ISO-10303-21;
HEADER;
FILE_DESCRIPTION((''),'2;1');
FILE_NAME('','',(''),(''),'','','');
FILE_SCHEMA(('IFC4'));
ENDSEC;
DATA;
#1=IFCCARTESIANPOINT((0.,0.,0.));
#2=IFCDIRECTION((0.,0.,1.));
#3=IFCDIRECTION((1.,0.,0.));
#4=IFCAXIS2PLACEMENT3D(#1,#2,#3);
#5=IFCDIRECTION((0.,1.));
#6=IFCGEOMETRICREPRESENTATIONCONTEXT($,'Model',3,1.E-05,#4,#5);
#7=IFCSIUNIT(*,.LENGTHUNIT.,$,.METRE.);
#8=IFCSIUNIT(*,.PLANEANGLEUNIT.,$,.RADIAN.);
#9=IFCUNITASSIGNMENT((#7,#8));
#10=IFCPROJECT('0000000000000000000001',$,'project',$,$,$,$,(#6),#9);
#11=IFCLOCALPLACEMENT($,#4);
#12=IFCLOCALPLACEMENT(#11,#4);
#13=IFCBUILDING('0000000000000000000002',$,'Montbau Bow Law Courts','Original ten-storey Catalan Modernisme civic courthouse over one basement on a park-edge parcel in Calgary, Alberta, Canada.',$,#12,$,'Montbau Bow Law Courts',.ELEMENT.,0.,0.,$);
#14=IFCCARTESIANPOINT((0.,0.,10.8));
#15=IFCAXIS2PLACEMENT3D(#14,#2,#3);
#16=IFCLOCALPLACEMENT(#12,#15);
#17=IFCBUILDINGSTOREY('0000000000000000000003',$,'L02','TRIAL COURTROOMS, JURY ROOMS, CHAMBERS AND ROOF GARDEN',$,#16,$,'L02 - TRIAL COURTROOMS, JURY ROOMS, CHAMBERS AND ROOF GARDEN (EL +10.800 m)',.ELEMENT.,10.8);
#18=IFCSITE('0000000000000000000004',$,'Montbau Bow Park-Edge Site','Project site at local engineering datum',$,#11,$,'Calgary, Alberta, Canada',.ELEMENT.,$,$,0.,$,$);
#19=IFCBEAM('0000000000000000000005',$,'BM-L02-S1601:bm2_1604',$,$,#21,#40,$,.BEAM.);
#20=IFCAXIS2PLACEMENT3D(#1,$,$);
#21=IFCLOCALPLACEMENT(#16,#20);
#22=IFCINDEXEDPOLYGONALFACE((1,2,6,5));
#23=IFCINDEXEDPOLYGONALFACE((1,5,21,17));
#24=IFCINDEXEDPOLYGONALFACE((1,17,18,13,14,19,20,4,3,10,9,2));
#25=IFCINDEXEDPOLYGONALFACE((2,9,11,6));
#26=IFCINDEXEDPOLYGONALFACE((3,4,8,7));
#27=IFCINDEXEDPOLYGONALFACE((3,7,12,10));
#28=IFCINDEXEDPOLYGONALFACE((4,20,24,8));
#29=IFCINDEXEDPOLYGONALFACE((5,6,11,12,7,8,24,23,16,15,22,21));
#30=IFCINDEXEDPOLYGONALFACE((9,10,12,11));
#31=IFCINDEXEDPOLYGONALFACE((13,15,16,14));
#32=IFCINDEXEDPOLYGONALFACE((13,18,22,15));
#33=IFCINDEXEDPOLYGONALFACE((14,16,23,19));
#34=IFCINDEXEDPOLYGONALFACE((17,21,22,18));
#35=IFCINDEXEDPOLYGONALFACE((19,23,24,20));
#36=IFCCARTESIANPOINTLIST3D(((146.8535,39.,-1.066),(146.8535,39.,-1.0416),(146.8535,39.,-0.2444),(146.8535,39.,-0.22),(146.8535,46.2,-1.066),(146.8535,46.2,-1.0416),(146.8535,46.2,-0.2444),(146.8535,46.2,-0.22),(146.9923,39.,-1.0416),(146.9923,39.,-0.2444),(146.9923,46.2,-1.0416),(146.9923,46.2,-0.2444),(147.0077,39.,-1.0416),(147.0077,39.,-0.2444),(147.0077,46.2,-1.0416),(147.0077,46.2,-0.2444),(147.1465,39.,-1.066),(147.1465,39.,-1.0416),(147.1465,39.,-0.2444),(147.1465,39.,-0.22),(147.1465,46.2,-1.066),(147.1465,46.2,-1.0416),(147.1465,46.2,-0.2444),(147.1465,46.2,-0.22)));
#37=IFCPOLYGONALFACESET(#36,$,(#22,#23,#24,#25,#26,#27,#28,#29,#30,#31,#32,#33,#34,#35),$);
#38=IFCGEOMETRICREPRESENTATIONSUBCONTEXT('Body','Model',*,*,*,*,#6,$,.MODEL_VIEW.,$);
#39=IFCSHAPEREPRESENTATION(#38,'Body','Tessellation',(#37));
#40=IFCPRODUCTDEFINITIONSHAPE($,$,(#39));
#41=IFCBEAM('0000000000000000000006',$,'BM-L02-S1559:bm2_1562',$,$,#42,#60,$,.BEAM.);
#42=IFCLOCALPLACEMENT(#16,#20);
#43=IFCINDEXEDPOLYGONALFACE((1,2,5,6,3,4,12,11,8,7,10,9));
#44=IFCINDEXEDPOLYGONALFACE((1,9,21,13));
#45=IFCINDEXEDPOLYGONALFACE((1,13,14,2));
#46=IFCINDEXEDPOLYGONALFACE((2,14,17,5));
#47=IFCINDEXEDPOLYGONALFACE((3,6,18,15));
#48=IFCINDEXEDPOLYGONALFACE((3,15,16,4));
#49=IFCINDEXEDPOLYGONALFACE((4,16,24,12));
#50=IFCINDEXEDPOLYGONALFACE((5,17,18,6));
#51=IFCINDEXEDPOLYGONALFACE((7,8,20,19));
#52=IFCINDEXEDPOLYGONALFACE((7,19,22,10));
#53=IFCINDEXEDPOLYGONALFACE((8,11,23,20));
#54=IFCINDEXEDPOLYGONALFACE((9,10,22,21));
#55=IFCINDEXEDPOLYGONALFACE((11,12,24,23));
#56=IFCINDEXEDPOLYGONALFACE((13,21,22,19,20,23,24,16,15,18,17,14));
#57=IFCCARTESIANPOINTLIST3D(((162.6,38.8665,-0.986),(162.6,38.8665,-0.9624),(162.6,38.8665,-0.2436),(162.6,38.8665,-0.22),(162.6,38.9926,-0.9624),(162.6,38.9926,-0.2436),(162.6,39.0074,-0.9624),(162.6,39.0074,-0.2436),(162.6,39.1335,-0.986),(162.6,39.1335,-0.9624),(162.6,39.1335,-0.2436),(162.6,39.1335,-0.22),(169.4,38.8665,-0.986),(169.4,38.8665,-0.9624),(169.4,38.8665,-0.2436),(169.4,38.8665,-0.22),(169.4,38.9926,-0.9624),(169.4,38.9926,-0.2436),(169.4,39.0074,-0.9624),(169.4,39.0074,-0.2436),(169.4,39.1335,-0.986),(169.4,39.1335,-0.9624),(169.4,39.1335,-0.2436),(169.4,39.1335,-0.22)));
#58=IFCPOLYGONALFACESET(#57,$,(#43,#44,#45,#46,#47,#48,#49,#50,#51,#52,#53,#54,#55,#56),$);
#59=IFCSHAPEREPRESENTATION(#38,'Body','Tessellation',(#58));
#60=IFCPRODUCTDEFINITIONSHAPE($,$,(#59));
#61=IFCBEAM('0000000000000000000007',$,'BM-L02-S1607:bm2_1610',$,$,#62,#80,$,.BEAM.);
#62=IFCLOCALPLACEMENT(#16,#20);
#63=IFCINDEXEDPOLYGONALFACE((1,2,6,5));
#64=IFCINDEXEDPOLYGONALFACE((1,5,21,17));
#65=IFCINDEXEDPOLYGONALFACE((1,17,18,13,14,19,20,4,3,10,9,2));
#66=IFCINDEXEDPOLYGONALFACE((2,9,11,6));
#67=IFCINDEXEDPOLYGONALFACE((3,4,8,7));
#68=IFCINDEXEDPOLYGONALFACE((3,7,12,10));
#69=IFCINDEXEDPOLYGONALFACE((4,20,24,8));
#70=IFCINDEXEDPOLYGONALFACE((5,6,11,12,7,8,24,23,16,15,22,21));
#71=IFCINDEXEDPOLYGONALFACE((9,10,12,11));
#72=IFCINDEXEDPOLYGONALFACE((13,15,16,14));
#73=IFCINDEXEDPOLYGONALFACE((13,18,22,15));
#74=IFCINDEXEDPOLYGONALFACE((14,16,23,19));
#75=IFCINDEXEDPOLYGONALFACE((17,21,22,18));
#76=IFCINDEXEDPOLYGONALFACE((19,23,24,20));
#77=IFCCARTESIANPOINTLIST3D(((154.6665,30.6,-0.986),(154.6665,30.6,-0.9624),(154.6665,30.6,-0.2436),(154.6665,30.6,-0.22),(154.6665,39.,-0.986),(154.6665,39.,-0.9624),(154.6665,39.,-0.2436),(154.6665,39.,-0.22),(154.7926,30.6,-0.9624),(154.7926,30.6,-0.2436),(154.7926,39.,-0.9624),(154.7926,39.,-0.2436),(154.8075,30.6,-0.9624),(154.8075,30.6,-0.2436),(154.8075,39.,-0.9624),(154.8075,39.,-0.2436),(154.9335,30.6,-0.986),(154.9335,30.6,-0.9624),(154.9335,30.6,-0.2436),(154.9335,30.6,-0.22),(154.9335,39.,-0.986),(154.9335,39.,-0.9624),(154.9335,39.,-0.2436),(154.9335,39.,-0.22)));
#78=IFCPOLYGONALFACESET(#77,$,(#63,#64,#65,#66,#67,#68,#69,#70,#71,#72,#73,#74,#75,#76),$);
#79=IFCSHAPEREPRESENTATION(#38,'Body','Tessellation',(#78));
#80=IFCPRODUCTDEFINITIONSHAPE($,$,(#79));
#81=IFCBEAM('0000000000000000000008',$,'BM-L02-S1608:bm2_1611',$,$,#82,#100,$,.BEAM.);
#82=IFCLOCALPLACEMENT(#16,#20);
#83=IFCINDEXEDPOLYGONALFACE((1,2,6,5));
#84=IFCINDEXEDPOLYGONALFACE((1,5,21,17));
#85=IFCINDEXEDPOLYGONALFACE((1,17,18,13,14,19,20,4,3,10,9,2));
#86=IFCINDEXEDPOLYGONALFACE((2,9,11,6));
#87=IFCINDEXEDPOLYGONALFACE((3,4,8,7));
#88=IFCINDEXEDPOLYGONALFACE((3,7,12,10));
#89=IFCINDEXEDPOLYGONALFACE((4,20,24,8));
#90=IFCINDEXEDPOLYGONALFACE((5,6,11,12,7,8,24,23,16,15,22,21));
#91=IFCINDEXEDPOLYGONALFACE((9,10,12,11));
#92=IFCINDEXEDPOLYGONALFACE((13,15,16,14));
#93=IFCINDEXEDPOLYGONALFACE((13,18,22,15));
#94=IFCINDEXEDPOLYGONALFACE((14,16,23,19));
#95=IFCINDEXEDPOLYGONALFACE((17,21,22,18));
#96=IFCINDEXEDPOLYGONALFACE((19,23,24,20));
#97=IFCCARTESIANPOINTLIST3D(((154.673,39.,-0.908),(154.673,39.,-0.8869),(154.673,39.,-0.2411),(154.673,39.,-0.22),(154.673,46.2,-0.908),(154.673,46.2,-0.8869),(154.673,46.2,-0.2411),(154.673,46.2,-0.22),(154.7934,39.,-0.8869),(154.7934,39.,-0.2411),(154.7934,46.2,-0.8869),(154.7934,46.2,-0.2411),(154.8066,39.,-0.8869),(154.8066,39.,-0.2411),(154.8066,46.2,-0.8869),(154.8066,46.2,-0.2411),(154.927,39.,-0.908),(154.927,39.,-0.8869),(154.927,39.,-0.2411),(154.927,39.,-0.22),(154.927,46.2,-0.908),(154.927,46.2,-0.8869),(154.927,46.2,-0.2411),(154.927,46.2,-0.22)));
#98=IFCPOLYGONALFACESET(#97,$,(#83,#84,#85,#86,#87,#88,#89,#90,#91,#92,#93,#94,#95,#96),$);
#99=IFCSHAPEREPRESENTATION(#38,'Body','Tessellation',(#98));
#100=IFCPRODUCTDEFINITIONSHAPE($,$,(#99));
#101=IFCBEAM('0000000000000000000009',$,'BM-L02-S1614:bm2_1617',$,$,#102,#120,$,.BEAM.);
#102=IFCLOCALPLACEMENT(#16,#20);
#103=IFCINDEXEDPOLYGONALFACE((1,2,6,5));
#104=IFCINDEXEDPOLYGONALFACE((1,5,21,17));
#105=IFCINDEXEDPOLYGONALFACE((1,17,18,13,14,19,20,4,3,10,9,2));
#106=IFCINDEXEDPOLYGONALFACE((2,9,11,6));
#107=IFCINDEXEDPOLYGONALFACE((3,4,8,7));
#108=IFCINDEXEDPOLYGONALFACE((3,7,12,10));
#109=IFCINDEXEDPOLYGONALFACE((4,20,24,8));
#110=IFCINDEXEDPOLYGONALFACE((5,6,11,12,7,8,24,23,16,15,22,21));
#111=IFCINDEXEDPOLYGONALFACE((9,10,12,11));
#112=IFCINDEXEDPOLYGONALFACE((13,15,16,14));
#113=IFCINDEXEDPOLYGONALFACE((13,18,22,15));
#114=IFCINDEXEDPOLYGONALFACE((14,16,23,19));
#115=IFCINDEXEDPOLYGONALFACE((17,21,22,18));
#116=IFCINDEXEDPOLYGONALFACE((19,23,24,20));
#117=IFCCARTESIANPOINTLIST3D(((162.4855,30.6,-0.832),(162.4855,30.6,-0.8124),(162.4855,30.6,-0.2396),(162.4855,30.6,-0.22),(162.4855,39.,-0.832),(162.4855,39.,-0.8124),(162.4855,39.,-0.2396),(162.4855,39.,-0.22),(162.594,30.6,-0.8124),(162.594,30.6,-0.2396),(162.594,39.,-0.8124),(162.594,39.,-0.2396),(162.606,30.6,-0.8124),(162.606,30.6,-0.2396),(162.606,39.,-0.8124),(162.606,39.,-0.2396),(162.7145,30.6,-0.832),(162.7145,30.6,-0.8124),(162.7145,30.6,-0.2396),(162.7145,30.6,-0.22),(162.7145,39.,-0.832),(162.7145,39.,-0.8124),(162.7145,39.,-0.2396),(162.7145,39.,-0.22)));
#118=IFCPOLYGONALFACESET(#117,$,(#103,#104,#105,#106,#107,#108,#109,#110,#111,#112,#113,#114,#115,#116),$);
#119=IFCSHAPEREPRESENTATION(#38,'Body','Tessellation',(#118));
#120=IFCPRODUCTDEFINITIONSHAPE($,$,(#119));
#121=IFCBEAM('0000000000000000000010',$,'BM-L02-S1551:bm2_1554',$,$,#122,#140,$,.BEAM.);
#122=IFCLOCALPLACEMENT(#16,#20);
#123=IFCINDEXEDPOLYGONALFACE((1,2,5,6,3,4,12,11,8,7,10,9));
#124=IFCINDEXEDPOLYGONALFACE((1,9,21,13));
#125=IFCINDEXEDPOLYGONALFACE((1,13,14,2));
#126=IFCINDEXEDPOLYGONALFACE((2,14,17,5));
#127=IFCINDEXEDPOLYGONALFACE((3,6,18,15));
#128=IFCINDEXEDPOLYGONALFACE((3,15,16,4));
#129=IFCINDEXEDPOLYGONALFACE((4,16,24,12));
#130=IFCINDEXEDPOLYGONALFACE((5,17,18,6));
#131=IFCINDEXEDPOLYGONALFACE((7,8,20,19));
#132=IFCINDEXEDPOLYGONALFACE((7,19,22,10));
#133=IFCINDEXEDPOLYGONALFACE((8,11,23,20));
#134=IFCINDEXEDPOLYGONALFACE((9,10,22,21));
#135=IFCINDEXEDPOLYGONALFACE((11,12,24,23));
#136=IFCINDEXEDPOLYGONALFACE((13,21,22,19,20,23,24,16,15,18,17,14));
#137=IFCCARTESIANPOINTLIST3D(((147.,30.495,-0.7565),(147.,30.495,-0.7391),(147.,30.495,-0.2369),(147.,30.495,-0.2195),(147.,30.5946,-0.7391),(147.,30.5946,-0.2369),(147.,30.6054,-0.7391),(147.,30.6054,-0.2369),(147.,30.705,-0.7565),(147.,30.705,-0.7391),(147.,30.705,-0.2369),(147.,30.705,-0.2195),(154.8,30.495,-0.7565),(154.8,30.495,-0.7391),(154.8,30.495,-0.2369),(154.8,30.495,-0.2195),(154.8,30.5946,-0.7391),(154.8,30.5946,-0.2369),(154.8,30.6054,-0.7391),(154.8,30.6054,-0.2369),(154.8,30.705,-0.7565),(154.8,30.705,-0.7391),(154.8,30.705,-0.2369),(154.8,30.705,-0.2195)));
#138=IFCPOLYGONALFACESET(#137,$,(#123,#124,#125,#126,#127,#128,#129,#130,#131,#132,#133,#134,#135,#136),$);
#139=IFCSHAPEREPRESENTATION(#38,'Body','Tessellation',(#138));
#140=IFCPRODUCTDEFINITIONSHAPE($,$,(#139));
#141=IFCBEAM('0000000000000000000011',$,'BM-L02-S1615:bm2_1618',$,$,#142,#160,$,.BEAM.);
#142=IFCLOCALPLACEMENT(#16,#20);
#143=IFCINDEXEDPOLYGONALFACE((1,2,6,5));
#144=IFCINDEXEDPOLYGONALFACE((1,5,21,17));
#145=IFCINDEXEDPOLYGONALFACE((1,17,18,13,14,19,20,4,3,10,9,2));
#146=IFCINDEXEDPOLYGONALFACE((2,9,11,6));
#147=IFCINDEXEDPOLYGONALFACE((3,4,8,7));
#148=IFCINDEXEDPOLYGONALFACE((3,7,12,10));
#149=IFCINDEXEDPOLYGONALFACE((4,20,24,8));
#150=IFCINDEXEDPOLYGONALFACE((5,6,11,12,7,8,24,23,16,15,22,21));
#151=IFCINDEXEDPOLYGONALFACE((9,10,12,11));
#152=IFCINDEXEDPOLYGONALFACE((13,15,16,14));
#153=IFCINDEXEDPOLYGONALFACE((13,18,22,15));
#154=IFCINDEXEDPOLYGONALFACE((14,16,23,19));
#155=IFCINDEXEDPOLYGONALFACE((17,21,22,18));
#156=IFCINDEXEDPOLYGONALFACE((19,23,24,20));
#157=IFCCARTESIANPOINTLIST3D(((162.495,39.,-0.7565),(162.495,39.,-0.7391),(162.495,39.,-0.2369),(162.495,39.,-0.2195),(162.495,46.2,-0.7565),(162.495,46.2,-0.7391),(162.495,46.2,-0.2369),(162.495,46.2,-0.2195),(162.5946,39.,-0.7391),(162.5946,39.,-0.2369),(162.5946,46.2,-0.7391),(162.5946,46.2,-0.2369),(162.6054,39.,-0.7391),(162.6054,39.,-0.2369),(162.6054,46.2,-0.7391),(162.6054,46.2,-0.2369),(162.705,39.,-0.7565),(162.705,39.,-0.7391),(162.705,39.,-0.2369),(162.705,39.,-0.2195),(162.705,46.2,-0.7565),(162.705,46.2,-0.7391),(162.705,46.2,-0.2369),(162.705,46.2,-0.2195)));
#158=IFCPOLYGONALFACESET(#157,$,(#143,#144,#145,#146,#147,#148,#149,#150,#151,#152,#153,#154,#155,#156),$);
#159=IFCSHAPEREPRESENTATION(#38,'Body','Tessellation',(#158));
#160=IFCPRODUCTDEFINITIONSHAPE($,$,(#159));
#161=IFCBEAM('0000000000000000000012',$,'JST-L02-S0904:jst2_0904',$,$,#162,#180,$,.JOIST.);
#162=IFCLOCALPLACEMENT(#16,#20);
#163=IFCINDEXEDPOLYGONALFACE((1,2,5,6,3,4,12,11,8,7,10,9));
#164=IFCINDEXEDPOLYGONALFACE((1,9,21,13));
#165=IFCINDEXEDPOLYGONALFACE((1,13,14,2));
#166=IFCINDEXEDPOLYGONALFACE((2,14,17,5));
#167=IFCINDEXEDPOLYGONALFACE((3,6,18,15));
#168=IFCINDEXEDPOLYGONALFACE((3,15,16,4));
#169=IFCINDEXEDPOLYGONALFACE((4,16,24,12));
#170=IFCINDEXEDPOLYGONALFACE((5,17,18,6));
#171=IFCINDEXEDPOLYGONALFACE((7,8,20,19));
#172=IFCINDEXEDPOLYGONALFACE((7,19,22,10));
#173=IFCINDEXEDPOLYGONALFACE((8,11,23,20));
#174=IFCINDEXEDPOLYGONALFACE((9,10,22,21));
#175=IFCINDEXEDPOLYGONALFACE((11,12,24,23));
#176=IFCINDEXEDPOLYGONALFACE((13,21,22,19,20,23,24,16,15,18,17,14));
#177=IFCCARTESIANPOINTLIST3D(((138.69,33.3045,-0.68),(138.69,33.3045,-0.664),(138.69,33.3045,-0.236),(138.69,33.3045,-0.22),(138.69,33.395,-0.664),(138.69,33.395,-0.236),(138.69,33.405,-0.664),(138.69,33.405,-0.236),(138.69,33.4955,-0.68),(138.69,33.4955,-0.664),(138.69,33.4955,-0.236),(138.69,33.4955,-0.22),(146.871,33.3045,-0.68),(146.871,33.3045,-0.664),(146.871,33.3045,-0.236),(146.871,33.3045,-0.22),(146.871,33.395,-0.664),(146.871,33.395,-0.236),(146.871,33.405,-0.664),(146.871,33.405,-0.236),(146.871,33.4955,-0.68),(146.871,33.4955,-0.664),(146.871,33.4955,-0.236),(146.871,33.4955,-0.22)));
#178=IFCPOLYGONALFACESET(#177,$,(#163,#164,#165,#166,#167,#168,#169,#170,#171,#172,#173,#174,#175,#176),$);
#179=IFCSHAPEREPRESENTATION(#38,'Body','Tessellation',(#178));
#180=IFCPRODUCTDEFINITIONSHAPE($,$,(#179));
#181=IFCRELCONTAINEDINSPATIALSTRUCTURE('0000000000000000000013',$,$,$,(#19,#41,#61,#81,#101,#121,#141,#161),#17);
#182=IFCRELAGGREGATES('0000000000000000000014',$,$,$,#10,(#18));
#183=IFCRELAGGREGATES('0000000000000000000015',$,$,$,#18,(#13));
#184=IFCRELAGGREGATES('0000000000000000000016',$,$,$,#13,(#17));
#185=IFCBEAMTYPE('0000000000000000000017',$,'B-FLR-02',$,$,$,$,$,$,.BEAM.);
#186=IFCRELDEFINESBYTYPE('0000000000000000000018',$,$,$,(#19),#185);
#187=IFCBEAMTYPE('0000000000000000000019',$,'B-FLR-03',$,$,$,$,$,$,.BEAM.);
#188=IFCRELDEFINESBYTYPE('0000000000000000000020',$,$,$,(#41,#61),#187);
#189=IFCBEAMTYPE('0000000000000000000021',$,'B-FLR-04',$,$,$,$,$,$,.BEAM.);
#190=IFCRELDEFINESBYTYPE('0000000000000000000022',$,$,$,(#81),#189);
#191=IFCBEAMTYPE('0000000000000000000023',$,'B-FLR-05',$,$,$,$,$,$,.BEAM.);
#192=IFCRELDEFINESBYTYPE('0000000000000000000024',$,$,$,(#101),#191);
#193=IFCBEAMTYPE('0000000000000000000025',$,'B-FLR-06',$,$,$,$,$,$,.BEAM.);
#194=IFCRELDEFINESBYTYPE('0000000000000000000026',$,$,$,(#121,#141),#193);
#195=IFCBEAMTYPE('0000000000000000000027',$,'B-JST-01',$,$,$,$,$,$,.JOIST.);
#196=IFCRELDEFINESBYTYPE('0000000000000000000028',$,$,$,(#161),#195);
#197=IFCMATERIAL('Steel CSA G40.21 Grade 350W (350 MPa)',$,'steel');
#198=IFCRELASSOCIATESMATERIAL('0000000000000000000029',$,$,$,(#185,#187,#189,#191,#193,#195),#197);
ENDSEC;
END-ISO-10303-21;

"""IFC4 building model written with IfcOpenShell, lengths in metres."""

from ifc_helpers import new_model, si_unit, direction, frame, origin_with_axes, origin_2d_with_axis, place, context, subcontext, project, spatial, i_section, extrude, material, material_profile, profile_set, type_object, element, save


model = new_model("IFC4")

# Units and contexts
model_context = context("Model", 3, precision=1e-05, world=origin_with_axes(), true_north=direction((0.0, 1.0)))
body_context = subcontext(model_context, "Body", "Model", "MODEL_VIEW")
ifc_project = project(units=[si_unit("LENGTHUNIT", "METRE"), si_unit("PLANEANGLEUNIT", "RADIAN")], contexts=[model_context])

# Site, building, storey
site_placement = place(None, origin_with_axes())
site = spatial("IfcSite", under=ifc_project, at=site_placement, Name="Montbau Bow Park-Edge Site", Description="Project site at local engineering datum", LongName="Calgary, Alberta, Canada", CompositionType="ELEMENT", RefElevation=0.0)
building_placement = place(site_placement, origin_with_axes())
building = spatial("IfcBuilding", under=site, at=building_placement, Name="Montbau Bow Law Courts", Description="Original ten-storey Catalan Modernisme civic courthouse over one basement on a park-edge parcel in Calgary, Alberta, Canada.", LongName="Montbau Bow Law Courts", CompositionType="ELEMENT", ElevationOfRefHeight=0.0, ElevationOfTerrain=0.0)
storey_placement = place(building_placement, frame((0.0, 0.0, 10.8), z_axis=(0.0, 0.0, 1.0), x_axis=(1.0, 0.0, 0.0)))
storey = spatial("IfcBuildingStorey", under=building, at=storey_placement, Name="L02", Description="TRIAL COURTROOMS, JURY ROOMS, CHAMBERS AND ROOF GARDEN", LongName="L02 - TRIAL COURTROOMS, JURY ROOMS, CHAMBERS AND ROOF GARDEN (EL +10.800 m)", CompositionType="ELEMENT", Elevation=10.8)

# Beams
ifc_material_1 = material(Name="Steel CSA G40.21 Grade 350W (350 MPa)", Category="steel")
ifc_material_profile_1 = material_profile(ifc_material_1, i_section(OverallWidth=0.293, OverallDepth=0.846, WebThickness=0.0154, FlangeThickness=0.0244, at=origin_2d_with_axis()), Name="W840X210", Category="Main", Priority=0)
ifc_profile_set_1 = profile_set([ifc_material_profile_1], Name="Steel CSA G40.21 Grade 350W (350 MPa)")
beam_type_1 = type_object("IfcBeamType", Name="B-FLR-02", PredefinedType="BEAM", material=ifc_profile_set_1)
beam_1_placement = place(None, frame((147.0, 39.0, 10.157), z_axis=(0.0, 1.0, 0.0), x_axis=(-1.0, 0.0, 0.0)))
element("IfcBeam", 1, at=beam_1_placement, inside=storey, type_object=beam_type_1, Name="BM-L02-S1601:bm2_1604", PredefinedType="BEAM", context=body_context, shape_type="SweptSolid", body=[
    extrude(i_section(OverallWidth=0.293, OverallDepth=0.846, WebThickness=0.0154, FlangeThickness=0.0244, at=origin_2d_with_axis()), origin_with_axes(), (0.0, 0.0, 1.0), 7.2),
])
ifc_material_profile_2 = material_profile(ifc_material_1, i_section(OverallWidth=0.267, OverallDepth=0.766, WebThickness=0.0149, FlangeThickness=0.0236, at=origin_2d_with_axis()), Name="W760X185", Category="Main", Priority=0)
ifc_profile_set_2 = profile_set([ifc_material_profile_2], Name="Steel CSA G40.21 Grade 350W (350 MPa)")
beam_type_2 = type_object("IfcBeamType", Name="B-FLR-03", PredefinedType="BEAM", material=ifc_profile_set_2)
beam_2_placement = place(None, frame((162.6, 39.0, 10.197), z_axis=(1.0, 0.0, 0.0), x_axis=(0.0, 1.0, 0.0)))
element("IfcBeam", 2, at=beam_2_placement, inside=storey, type_object=beam_type_2, Name="BM-L02-S1559:bm2_1562", PredefinedType="BEAM", context=body_context, shape_type="SweptSolid", body=[
    extrude(i_section(OverallWidth=0.267, OverallDepth=0.766, WebThickness=0.0149, FlangeThickness=0.0236, at=origin_2d_with_axis()), origin_with_axes(), (0.0, 0.0, 1.0), 6.8),
])
beam_3_placement = place(None, frame((154.8, 30.6, 10.197), z_axis=(0.0, 1.0, 0.0), x_axis=(-1.0, 0.0, 0.0)))
element("IfcBeam", 3, at=beam_3_placement, inside=storey, type_object=beam_type_2, Name="BM-L02-S1607:bm2_1610", PredefinedType="BEAM", context=body_context, shape_type="SweptSolid", body=[
    extrude(i_section(OverallWidth=0.267, OverallDepth=0.766, WebThickness=0.0149, FlangeThickness=0.0236, at=origin_2d_with_axis()), origin_with_axes(), (0.0, 0.0, 1.0), 8.4),
])
ifc_material_profile_3 = material_profile(ifc_material_1, i_section(OverallWidth=0.254, OverallDepth=0.688, WebThickness=0.0131, FlangeThickness=0.0211, at=origin_2d_with_axis()), Name="W690X152", Category="Main", Priority=0)
ifc_profile_set_3 = profile_set([ifc_material_profile_3], Name="Steel CSA G40.21 Grade 350W (350 MPa)")
beam_type_3 = type_object("IfcBeamType", Name="B-FLR-04", PredefinedType="BEAM", material=ifc_profile_set_3)
beam_4_placement = place(None, frame((154.8, 39.0, 10.236), z_axis=(0.0, 1.0, 0.0), x_axis=(-1.0, 0.0, 0.0)))
element("IfcBeam", 4, at=beam_4_placement, inside=storey, type_object=beam_type_3, Name="BM-L02-S1608:bm2_1611", PredefinedType="BEAM", context=body_context, shape_type="SweptSolid", body=[
    extrude(i_section(OverallWidth=0.254, OverallDepth=0.688, WebThickness=0.0131, FlangeThickness=0.0211, at=origin_2d_with_axis()), origin_with_axes(), (0.0, 0.0, 1.0), 7.2),
])
ifc_material_profile_4 = material_profile(ifc_material_1, i_section(OverallWidth=0.229, OverallDepth=0.612, WebThickness=0.0119, FlangeThickness=0.0196, at=origin_2d_with_axis()), Name="W610X125", Category="Main", Priority=0)
ifc_profile_set_4 = profile_set([ifc_material_profile_4], Name="Steel CSA G40.21 Grade 350W (350 MPa)")
beam_type_4 = type_object("IfcBeamType", Name="B-FLR-05", PredefinedType="BEAM", material=ifc_profile_set_4)
beam_5_placement = place(None, frame((162.6, 30.6, 10.274), z_axis=(0.0, 1.0, 0.0), x_axis=(-1.0, 0.0, 0.0)))
element("IfcBeam", 5, at=beam_5_placement, inside=storey, type_object=beam_type_4, Name="BM-L02-S1614:bm2_1617", PredefinedType="BEAM", context=body_context, shape_type="SweptSolid", body=[
    extrude(i_section(OverallWidth=0.229, OverallDepth=0.612, WebThickness=0.0119, FlangeThickness=0.0196, at=origin_2d_with_axis()), origin_with_axes(), (0.0, 0.0, 1.0), 8.4),
])
ifc_material_profile_5 = material_profile(ifc_material_1, i_section(OverallWidth=0.21, OverallDepth=0.537, WebThickness=0.0109, FlangeThickness=0.0174, at=origin_2d_with_axis()), Name="W530X101", Category="Main", Priority=0)
ifc_profile_set_5 = profile_set([ifc_material_profile_5], Name="Steel CSA G40.21 Grade 350W (350 MPa)")
beam_type_5 = type_object("IfcBeamType", Name="B-FLR-06", PredefinedType="BEAM", material=ifc_profile_set_5)
beam_6_placement = place(None, frame((147.0, 30.6, 10.312), z_axis=(1.0, 0.0, 0.0), x_axis=(0.0, 1.0, 0.0)))
element("IfcBeam", 6, at=beam_6_placement, inside=storey, type_object=beam_type_5, Name="BM-L02-S1551:bm2_1554", PredefinedType="BEAM", context=body_context, shape_type="SweptSolid", body=[
    extrude(i_section(OverallWidth=0.21, OverallDepth=0.537, WebThickness=0.0109, FlangeThickness=0.0174, at=origin_2d_with_axis()), origin_with_axes(), (0.0, 0.0, 1.0), 7.8),
])
beam_7_placement = place(None, frame((162.6, 39.0, 10.312), z_axis=(0.0, 1.0, 0.0), x_axis=(-1.0, 0.0, 0.0)))
element("IfcBeam", 7, at=beam_7_placement, inside=storey, type_object=beam_type_5, Name="BM-L02-S1615:bm2_1618", PredefinedType="BEAM", context=body_context, shape_type="SweptSolid", body=[
    extrude(i_section(OverallWidth=0.21, OverallDepth=0.537, WebThickness=0.0109, FlangeThickness=0.0174, at=origin_2d_with_axis()), origin_with_axes(), (0.0, 0.0, 1.0), 7.2),
])
ifc_material_profile_6 = material_profile(ifc_material_1, i_section(OverallWidth=0.191, OverallDepth=0.46, WebThickness=0.0099, FlangeThickness=0.016, at=origin_2d_with_axis()), Name="W460X82", Category="Main", Priority=0)
ifc_profile_set_6 = profile_set([ifc_material_profile_6], Name="Steel CSA G40.21 Grade 350W (350 MPa)")
beam_type_6 = type_object("IfcBeamType", Name="B-JST-01", PredefinedType="JOIST", material=ifc_profile_set_6)
beam_8_placement = place(None, frame((138.69, 33.4, 10.35), z_axis=(1.0, 0.0, 0.0), x_axis=(0.0, 1.0, 0.0)))
element("IfcBeam", 8, at=beam_8_placement, inside=storey, type_object=beam_type_6, Name="JST-L02-S0904:jst2_0904", PredefinedType="JOIST", context=body_context, shape_type="SweptSolid", body=[
    extrude(i_section(OverallWidth=0.191, OverallDepth=0.46, WebThickness=0.0099, FlangeThickness=0.016, at=origin_2d_with_axis()), origin_with_axes(), (0.0, 0.0, 1.0), 8.181),
])

save(model, "model.ifc")
